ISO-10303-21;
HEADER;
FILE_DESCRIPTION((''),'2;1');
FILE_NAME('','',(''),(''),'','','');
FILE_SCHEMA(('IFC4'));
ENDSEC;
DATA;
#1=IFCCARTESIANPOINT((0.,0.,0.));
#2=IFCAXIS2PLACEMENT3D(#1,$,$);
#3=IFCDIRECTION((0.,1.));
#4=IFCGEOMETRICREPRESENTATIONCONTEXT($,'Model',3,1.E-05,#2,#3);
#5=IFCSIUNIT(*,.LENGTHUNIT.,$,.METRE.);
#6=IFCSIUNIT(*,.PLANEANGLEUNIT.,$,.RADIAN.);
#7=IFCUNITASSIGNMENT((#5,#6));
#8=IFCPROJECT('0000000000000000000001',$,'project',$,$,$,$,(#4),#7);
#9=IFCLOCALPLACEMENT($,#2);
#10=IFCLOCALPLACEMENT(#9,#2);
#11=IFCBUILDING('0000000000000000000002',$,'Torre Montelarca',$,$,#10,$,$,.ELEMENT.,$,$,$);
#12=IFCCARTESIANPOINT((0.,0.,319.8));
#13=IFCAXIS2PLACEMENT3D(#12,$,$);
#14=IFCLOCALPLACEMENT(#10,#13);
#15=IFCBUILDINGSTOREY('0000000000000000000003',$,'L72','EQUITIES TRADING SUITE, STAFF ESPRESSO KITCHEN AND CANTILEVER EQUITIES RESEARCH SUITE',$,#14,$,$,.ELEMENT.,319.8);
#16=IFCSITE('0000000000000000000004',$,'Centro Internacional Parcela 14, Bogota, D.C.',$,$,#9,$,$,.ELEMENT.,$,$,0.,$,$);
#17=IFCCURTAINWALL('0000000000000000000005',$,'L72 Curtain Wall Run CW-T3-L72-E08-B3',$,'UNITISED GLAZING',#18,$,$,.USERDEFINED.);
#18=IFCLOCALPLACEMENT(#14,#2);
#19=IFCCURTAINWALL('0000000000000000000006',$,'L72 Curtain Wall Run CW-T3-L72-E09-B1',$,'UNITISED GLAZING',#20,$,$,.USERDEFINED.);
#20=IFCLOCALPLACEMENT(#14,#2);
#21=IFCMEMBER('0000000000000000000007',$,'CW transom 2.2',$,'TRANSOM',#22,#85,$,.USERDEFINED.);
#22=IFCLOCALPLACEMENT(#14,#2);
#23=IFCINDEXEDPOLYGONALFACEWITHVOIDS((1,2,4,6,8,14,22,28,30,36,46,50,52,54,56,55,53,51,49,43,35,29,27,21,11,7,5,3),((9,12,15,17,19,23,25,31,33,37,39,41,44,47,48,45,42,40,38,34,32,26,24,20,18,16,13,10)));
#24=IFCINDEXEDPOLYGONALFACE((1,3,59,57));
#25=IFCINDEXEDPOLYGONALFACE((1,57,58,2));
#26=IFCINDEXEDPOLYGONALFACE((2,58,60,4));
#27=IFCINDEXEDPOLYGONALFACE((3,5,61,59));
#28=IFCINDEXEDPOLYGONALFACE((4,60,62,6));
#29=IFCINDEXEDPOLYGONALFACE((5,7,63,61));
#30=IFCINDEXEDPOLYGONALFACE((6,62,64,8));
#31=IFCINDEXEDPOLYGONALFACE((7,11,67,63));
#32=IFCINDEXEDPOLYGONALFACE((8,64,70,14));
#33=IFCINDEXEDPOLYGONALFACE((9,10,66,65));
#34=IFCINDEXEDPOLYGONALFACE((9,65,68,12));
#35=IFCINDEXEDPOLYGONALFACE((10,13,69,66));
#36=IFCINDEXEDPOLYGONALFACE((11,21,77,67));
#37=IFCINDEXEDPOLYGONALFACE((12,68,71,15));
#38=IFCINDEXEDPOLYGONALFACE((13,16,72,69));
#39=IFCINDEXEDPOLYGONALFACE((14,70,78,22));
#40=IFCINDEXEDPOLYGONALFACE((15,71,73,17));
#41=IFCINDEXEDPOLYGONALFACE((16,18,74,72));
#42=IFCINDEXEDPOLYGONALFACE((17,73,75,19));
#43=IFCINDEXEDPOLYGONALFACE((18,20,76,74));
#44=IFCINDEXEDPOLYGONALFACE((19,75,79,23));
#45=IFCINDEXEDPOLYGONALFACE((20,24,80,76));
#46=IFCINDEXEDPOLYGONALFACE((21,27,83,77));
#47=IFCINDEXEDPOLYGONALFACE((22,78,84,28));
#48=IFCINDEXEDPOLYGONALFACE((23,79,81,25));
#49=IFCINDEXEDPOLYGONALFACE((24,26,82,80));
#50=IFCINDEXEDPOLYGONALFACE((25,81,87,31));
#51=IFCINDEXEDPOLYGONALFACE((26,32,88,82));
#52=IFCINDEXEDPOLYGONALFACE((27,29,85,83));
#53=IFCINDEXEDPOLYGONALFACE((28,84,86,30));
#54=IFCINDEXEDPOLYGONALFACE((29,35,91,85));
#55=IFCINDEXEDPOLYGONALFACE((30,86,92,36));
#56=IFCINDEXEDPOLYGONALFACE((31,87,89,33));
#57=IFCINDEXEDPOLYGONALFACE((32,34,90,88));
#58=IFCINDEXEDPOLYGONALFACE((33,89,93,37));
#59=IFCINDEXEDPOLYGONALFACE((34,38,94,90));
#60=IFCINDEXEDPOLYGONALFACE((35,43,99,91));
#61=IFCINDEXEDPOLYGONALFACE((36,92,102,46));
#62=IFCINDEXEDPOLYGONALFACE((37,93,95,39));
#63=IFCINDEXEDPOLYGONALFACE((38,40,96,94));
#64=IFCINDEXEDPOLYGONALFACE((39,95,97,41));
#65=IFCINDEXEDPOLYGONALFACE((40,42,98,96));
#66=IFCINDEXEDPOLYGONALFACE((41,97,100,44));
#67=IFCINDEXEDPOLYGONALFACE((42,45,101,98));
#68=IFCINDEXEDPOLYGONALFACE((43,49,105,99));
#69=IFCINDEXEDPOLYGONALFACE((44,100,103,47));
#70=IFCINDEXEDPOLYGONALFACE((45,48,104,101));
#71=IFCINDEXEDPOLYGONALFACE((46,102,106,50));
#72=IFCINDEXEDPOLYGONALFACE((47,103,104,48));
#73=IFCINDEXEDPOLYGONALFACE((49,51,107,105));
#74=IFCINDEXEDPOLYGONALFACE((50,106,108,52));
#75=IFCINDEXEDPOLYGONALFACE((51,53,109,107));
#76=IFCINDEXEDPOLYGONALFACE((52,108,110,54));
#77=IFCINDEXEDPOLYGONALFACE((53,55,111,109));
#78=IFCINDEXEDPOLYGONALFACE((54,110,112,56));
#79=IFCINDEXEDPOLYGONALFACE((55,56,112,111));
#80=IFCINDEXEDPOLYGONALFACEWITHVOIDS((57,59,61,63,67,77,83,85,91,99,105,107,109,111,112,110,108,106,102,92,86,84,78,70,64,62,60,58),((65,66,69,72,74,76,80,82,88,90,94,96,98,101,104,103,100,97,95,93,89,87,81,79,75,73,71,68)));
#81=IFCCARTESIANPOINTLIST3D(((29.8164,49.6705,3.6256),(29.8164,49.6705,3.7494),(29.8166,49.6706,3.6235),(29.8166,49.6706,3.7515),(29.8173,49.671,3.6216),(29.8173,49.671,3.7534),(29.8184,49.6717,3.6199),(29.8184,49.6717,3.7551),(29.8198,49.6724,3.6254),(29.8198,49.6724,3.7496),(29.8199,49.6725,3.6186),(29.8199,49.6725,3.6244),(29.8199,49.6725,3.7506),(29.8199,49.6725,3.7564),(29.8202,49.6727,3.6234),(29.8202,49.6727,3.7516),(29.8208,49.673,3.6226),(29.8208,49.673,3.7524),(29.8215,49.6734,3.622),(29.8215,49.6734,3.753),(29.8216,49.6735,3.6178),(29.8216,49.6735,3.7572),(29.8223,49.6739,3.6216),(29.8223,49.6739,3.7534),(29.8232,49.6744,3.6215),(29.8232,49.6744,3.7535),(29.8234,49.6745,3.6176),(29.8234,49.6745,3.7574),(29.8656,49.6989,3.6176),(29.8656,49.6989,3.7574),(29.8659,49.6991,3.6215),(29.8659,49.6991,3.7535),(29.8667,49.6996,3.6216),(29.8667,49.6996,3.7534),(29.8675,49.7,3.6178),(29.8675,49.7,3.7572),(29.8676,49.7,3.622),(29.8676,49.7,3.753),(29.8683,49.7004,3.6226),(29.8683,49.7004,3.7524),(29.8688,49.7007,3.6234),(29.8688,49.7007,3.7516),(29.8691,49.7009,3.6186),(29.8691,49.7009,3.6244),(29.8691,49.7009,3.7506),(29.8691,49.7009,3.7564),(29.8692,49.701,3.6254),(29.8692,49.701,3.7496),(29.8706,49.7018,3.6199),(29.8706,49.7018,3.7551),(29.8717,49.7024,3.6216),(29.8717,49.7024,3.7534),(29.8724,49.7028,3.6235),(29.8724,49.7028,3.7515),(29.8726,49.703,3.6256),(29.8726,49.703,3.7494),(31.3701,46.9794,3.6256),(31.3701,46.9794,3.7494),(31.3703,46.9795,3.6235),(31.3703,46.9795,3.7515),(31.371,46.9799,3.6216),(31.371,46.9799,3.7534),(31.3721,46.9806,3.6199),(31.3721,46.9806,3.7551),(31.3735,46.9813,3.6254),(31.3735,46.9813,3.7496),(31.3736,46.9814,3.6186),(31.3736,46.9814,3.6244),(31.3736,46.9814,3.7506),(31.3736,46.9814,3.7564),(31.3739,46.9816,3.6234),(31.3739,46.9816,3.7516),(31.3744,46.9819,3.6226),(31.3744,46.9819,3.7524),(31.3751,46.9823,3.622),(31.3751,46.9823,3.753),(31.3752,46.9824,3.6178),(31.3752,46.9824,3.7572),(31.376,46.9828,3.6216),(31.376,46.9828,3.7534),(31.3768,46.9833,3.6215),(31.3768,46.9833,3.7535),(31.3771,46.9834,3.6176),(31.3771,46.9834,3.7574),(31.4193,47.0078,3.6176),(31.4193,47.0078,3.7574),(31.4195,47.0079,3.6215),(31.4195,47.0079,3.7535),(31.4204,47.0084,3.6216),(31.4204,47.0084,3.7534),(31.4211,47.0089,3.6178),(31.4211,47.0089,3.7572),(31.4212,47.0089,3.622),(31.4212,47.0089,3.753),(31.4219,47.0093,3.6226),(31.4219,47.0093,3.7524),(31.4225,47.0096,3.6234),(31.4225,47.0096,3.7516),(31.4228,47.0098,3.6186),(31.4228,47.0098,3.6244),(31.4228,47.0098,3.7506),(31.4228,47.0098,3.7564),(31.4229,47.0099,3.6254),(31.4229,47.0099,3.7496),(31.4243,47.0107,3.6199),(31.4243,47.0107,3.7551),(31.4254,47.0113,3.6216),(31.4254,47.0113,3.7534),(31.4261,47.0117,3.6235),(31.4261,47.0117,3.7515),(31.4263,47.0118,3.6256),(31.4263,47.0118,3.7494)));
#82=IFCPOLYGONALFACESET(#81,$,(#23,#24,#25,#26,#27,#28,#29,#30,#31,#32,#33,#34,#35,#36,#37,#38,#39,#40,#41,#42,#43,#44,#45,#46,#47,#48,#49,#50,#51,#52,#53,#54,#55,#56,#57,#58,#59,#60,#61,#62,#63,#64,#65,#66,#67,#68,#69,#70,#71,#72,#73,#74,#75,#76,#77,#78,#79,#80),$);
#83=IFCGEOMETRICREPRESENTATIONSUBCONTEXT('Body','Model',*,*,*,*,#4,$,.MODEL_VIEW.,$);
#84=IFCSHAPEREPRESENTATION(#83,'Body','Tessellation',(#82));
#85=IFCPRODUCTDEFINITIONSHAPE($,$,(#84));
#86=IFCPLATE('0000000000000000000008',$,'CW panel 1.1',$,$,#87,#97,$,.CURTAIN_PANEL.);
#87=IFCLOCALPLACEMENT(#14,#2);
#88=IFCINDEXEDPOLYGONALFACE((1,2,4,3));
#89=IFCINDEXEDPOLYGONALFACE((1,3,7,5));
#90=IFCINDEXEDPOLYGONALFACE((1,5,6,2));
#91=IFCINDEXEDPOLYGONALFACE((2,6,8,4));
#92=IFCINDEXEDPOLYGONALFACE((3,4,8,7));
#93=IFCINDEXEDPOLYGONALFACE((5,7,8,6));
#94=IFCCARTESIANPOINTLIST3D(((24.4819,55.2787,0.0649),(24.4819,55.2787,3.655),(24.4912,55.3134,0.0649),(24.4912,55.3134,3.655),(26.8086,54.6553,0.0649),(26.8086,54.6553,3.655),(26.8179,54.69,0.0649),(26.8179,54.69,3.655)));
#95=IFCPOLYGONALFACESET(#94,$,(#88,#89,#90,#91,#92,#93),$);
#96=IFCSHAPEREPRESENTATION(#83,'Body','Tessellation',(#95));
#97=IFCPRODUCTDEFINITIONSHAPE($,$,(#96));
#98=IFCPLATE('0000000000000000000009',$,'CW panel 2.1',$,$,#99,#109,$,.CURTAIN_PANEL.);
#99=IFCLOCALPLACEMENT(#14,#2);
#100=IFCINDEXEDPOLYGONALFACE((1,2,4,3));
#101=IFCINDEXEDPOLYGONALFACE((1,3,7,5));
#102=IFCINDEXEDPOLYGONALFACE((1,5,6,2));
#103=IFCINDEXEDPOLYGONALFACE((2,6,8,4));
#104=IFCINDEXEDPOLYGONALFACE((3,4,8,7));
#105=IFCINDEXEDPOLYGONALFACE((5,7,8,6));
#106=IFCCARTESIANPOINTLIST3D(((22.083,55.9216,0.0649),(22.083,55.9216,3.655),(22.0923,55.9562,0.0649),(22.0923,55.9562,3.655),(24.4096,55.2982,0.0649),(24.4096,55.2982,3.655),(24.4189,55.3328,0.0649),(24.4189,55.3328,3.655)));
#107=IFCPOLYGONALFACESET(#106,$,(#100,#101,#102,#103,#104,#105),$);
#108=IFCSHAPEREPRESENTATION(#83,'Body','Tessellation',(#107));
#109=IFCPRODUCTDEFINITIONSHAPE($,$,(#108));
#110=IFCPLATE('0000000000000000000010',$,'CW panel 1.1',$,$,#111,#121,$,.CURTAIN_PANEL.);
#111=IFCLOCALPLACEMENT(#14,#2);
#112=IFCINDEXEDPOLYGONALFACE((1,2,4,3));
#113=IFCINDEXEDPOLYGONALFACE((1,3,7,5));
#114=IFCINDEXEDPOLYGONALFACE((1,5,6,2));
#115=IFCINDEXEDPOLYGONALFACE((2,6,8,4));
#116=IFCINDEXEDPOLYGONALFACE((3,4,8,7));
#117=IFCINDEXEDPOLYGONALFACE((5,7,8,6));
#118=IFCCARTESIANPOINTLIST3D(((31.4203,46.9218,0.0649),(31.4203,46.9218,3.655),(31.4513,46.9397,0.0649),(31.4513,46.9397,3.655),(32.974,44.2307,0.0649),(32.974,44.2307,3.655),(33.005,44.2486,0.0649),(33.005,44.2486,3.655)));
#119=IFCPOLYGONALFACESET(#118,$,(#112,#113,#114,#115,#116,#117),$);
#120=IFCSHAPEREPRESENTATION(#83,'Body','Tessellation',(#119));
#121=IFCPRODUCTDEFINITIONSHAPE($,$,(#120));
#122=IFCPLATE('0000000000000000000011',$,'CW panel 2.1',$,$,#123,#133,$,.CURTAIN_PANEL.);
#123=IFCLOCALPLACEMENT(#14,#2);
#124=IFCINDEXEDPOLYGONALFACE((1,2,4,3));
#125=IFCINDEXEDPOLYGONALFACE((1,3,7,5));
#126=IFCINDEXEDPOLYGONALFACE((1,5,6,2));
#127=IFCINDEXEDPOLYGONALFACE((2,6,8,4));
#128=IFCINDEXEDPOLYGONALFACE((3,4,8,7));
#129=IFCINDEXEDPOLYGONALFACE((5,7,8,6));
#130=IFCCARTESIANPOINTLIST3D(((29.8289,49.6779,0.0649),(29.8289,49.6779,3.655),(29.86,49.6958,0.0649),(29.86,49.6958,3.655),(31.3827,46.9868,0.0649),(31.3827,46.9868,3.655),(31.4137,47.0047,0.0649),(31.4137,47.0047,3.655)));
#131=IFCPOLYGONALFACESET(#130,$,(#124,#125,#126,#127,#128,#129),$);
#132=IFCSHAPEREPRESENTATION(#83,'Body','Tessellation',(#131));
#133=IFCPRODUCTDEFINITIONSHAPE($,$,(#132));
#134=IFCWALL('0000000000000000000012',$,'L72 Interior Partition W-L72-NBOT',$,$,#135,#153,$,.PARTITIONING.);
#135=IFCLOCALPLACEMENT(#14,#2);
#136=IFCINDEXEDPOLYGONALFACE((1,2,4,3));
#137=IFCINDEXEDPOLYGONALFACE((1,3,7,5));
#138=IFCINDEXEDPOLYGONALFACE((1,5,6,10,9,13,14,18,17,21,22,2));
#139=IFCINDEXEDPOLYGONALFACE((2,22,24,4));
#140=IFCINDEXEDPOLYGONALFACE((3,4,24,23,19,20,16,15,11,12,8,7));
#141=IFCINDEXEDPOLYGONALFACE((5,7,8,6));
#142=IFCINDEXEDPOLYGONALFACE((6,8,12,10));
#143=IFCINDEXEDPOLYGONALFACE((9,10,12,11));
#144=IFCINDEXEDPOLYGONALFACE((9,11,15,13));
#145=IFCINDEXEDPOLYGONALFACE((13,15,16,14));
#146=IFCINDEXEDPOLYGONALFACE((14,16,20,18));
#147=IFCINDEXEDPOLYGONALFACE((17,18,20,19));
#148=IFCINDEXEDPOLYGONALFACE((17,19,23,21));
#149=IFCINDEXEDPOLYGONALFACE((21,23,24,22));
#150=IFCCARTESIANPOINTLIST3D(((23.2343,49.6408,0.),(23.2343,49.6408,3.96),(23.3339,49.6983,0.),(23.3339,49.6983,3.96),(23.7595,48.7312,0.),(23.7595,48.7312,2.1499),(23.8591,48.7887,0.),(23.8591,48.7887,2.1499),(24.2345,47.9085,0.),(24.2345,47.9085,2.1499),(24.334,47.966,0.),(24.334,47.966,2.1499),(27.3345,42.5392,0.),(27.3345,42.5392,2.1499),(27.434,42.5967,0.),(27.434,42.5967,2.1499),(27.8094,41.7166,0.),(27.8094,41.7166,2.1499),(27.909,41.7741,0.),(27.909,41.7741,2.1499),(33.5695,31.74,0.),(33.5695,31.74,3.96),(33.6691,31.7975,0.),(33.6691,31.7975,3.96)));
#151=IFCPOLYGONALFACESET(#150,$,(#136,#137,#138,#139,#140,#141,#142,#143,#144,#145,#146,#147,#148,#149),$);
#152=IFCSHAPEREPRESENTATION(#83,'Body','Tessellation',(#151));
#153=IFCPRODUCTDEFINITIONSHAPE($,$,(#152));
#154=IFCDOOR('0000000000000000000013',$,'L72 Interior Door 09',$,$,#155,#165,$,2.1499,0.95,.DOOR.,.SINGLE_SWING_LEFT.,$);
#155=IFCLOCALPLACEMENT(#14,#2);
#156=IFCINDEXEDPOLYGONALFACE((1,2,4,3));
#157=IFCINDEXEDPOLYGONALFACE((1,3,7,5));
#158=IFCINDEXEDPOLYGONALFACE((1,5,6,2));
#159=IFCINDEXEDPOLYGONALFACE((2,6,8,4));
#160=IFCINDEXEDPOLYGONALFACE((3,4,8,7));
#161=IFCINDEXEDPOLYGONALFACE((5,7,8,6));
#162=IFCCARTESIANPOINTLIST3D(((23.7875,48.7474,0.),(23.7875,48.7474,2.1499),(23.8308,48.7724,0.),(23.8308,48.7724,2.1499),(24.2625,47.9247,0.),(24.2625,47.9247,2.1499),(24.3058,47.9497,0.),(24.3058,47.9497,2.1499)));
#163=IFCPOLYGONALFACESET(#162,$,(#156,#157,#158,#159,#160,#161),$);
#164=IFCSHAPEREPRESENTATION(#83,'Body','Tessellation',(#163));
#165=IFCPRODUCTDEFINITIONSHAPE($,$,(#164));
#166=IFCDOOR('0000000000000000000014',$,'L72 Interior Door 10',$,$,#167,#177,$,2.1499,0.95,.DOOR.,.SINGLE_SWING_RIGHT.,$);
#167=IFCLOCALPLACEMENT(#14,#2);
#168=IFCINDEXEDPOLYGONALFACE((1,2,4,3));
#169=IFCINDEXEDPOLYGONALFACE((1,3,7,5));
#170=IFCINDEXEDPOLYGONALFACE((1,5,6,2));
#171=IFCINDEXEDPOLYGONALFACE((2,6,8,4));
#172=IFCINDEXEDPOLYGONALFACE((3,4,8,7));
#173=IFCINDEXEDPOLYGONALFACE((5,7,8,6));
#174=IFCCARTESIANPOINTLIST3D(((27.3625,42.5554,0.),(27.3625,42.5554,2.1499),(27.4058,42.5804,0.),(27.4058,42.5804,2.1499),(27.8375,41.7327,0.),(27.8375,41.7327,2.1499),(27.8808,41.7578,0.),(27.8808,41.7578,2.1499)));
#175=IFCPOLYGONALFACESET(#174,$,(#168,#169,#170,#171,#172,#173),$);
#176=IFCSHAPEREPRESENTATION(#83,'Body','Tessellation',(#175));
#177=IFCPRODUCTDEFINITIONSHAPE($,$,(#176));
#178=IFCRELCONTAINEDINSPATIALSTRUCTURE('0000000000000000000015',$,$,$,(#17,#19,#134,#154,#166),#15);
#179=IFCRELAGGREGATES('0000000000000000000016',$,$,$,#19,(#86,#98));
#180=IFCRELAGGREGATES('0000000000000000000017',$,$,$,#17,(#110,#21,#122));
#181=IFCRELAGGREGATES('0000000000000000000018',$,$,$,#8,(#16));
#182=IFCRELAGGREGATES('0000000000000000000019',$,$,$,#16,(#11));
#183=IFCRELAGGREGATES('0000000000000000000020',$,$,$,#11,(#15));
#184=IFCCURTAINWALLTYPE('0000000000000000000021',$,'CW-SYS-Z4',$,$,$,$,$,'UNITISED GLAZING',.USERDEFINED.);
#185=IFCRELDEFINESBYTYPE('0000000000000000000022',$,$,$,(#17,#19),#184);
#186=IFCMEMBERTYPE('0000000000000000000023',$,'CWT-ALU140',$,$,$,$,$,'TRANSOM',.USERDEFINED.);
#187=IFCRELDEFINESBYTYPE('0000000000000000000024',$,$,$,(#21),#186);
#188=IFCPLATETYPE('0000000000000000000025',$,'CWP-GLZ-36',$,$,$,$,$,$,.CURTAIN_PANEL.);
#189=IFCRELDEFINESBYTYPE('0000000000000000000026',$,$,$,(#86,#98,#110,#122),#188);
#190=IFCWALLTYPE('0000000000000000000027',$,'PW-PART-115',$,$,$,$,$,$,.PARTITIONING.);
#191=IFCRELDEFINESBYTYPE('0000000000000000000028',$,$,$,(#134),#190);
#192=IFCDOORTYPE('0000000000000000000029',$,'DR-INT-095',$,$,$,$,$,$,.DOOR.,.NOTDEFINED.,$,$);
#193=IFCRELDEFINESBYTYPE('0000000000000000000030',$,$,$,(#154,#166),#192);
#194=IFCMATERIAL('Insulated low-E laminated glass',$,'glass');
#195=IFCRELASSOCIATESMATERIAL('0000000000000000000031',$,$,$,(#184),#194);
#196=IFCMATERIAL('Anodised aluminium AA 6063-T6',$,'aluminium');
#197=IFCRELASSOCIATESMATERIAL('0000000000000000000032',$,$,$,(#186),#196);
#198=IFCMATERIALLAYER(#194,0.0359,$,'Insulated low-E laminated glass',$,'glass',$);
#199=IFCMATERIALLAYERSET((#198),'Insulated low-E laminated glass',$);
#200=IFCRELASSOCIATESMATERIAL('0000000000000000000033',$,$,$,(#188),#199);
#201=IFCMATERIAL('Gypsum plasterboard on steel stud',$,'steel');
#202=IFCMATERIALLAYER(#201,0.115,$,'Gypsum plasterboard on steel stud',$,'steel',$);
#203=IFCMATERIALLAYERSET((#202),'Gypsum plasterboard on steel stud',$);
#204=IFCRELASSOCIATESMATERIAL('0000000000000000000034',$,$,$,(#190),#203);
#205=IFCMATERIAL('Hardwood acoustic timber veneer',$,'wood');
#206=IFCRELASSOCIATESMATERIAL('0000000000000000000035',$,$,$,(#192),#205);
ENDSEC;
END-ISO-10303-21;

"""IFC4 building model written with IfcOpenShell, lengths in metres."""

from ifc_helpers import new_model, si_unit, direction, frame, frame_2d, origin, origin_2d, place, context, subcontext, project, spatial, rectangle, hollow_rectangle, extrude, source, transform, mapped, material, layer, layer_set, material_profile, profile_set, type_object, element, fill, aggregate, save


model = new_model("IFC4")

# Units and contexts
model_context = context("Model", 3, precision=1e-05, world=origin(), true_north=direction((0.0, 1.0)))
body_context = subcontext(model_context, "Body", "Model", "MODEL_VIEW")
ifc_project = project(units=[si_unit("LENGTHUNIT", "METRE"), si_unit("PLANEANGLEUNIT", "RADIAN")], contexts=[model_context])

# Site, building, storey
site_placement = place(None, origin())
site = spatial("IfcSite", under=ifc_project, at=site_placement, Name="Centro Internacional Parcela 14, Bogota, D.C.", CompositionType="ELEMENT", RefElevation=0.0)
building_placement = place(site_placement, origin())
building = spatial("IfcBuilding", under=site, at=building_placement, Name="Torre Montelarca", CompositionType="ELEMENT")
storey_placement = place(building_placement, frame((0.0, 0.0, 319.8)))
storey = spatial("IfcBuildingStorey", under=building, at=storey_placement, Name="L72", Description="EQUITIES TRADING SUITE, STAFF ESPRESSO KITCHEN AND CANTILEVER EQUITIES RESEARCH SUITE", CompositionType="ELEMENT", Elevation=319.8)

# Curtain walls
ifc_material_1 = material(Name="Insulated low-E laminated glass", Category="glass")
curtain_wall_type = type_object("IfcCurtainWallType", Name="CW-SYS-Z4", ElementType="UNITISED GLAZING", PredefinedType="USERDEFINED", material=ifc_material_1)
curtain_wall_1_placement = place(storey_placement, origin())
curtain_wall_1 = element("IfcCurtainWall", 1, at=curtain_wall_1_placement, inside=storey, type_object=curtain_wall_type, Name="L72 Curtain Wall Run CW-T3-L72-E08-B3", ObjectType="UNITISED GLAZING", PredefinedType="USERDEFINED")
ifc_material_2 = material(Name="Anodised aluminium AA 6063-T6", Category="aluminium")
curtain_wall_2_placement = place(storey_placement, origin())
curtain_wall_2 = element("IfcCurtainWall", 2, at=curtain_wall_2_placement, inside=storey, type_object=curtain_wall_type, Name="L72 Curtain Wall Run CW-T3-L72-E09-B1", ObjectType="UNITISED GLAZING", PredefinedType="USERDEFINED")

# Member
ifc_material_profile_1 = material_profile(ifc_material_2, hollow_rectangle(XDim=0.0649, YDim=0.1399, WallThickness=0.0039, InnerFilletRadius=0.0039, OuterFilletRadius=0.0081, at=origin_2d()), Name="ALU65X140X4", Category="aluminium")
ifc_profile_set_1 = profile_set([ifc_material_profile_1], Name="Anodised aluminium AA 6063-T6")
member_type_1 = type_object("IfcMemberType", Name="CWT-ALU140", ElementType="TRANSOM", PredefinedType="USERDEFINED", material=ifc_profile_set_1)
shared_shape_1 = source(origin(), body_context, "Body", "SweptSolid", [
    extrude(hollow_rectangle(XDim=0.0649, YDim=0.1399, WallThickness=0.0039, InnerFilletRadius=0.0039, OuterFilletRadius=0.0081, at=origin_2d()), origin(), (0.0, 0.0, 1.0), 3.1074),
])
member_1_placement = place(storey_placement, frame((31.3982, 46.9956, 3.6875), z_axis=(-0.499992, 0.86603, 0.0), x_axis=(-0.86603, -0.499992, 0.0)))
member_1 = element("IfcMember", 3, at=member_1_placement, type_object=member_type_1, Name="CW transom 2.2", ObjectType="TRANSOM", PredefinedType="USERDEFINED", context=body_context, shape_type="MappedRepresentation", body=[
    mapped(shared_shape_1, transform((0.0, 0.0, 0.0), scale=1.0)),
])

# Plates
ifc_layer_1 = layer(ifc_material_1, 0.0359, Name="Insulated low-E laminated glass", Category="glass")
ifc_layer_set_1 = layer_set([ifc_layer_1], Name="Insulated low-E laminated glass")
plate_type = type_object("IfcPlateType", Name="CWP-GLZ-36", PredefinedType="CURTAIN_PANEL", material=ifc_layer_set_1)
shared_shape_2 = source(origin(), body_context, "Body", "SweptSolid", [
    extrude(rectangle(XDim=2.4087, YDim=0.0359, at=origin_2d()), origin(), (0.0, 0.0, 1.0), 3.5901),
])
plate_1_placement = place(storey_placement, frame((25.6499, 54.9844, 0.0649), z_axis=(0.0, 0.0, 1.0), x_axis=(-0.965927, 0.258815, 0.0)))
plate_1 = element("IfcPlate", 4, at=plate_1_placement, type_object=plate_type, Name="CW panel 1.1", PredefinedType="CURTAIN_PANEL", context=body_context, shape_type="MappedRepresentation", body=[
    mapped(shared_shape_2, transform((0.0, 0.0, 0.0), scale=1.0)),
])
plate_2_placement = place(storey_placement, frame((23.251, 55.6272, 0.0649), z_axis=(0.0, 0.0, 1.0), x_axis=(-0.965927, 0.258815, 0.0)))
plate_2 = element("IfcPlate", 5, at=plate_2_placement, type_object=plate_type, Name="CW panel 2.1", PredefinedType="CURTAIN_PANEL", context=body_context, shape_type="MappedRepresentation", body=[
    mapped(shared_shape_2, transform((0.0, 0.0, 0.0), scale=1.0)),
])
aggregate(curtain_wall_2, [plate_1, plate_2])
shared_shape_3 = source(origin(), body_context, "Body", "SweptSolid", [
    extrude(rectangle(XDim=3.1074, YDim=0.0359, at=origin_2d()), origin(), (0.0, 0.0, 1.0), 3.5901),
])
plate_3_placement = place(storey_placement, frame((32.2126, 45.5852, 0.0649), z_axis=(0.0, 0.0, 1.0), x_axis=(-0.5, 0.866025, 0.0)))
plate_3 = element("IfcPlate", 6, at=plate_3_placement, type_object=plate_type, Name="CW panel 1.1", PredefinedType="CURTAIN_PANEL", context=body_context, shape_type="MappedRepresentation", body=[
    mapped(shared_shape_3, transform((0.0, 0.0, 0.0), scale=1.0)),
])
plate_4_placement = place(storey_placement, frame((30.6213, 48.3413, 0.0649), z_axis=(0.0, 0.0, 1.0), x_axis=(-0.5, 0.866025, 0.0)))
plate_4 = element("IfcPlate", 7, at=plate_4_placement, type_object=plate_type, Name="CW panel 2.1", PredefinedType="CURTAIN_PANEL", context=body_context, shape_type="MappedRepresentation", body=[
    mapped(shared_shape_3, transform((0.0, 0.0, 0.0), scale=1.0)),
])
aggregate(curtain_wall_1, [plate_3, member_1, plate_4])

# Wall, openings, doors
ifc_material_3 = material(Name="Gypsum plasterboard on steel stud", Category="steel")
ifc_layer_2 = layer(ifc_material_3, 0.115, Name="Gypsum plasterboard on steel stud", Category="steel")
ifc_layer_set_2 = layer_set([ifc_layer_2], Name="Gypsum plasterboard on steel stud")
wall_type = type_object("IfcWallType", Name="PW-PART-115", PredefinedType="PARTITIONING", material=ifc_layer_set_2)
wall_placement = place(storey_placement, frame((23.2842, 49.6694, 0.0), z_axis=(0.0, 0.0, 1.0), x_axis=(0.500005, -0.866023, 0.0)))
wall = element("IfcWall", 8, at=wall_placement, inside=storey, type_object=wall_type, Name="L72 Interior Partition W-L72-NBOT", PredefinedType="PARTITIONING", context=body_context, shape_type="SweptSolid", body=[
    extrude(rectangle(XDim=20.6702, YDim=0.115, at=frame_2d((10.335, 0.0))), origin(), (0.0, 0.0, 1.0), 3.96),
])
opening_1_placement = place(wall_placement, frame((1.05, 0.0, 0.0)))
opening_1 = element("IfcOpeningElement", 9, at=opening_1_placement, cuts=wall, PredefinedType="OPENING", context=body_context, shape_type="SweptSolid", body=[
    extrude(rectangle(XDim=0.95, YDim=2.1499, at=frame_2d((0.4751, 1.075))), frame((0.0, 0.0674, 0.0), z_axis=(0.0, -1.0, 0.0), x_axis=(1.0, 0.0, 0.0)), (0.0, 0.0, 1.0), 0.135),
])
opening_2_placement = place(wall_placement, frame((8.2, 0.0, 0.0)))
opening_2 = element("IfcOpeningElement", 10, at=opening_2_placement, cuts=wall, PredefinedType="OPENING", context=body_context, shape_type="SweptSolid", body=[
    extrude(rectangle(XDim=0.95, YDim=2.1499, at=frame_2d((0.4751, 1.075))), frame((0.0, 0.0674, 0.0), z_axis=(0.0, -1.0, 0.0), x_axis=(1.0, 0.0, 0.0)), (0.0, 0.0, 1.0), 0.135),
])
ifc_material_4 = material(Name="Hardwood acoustic timber veneer", Category="wood")
door_type = type_object("IfcDoorType", Name="DR-INT-095", OperationType="NOTDEFINED", PredefinedType="DOOR", material=ifc_material_4)
shared_shape_4 = source(origin(), body_context, "Body", "SweptSolid", [
    extrude(rectangle(XDim=0.95, YDim=2.1499, at=frame_2d((0.4751, 1.075))), frame((0.0, 0.0249, 0.0), z_axis=(0.0, -1.0, 0.0), x_axis=(1.0, 0.0, 0.0)), (0.0, 0.0, 1.0), 0.05),
])
door_1_placement = place(opening_1_placement, origin())
door_1 = element("IfcDoor", 11, at=door_1_placement, inside=storey, type_object=door_type, Name="L72 Interior Door 09", OperationType="SINGLE_SWING_LEFT", OverallHeight=2.1499, OverallWidth=0.95, PredefinedType="DOOR", context=body_context, shape_type="MappedRepresentation", body=[
    mapped(shared_shape_4, transform((0.0, 0.0, 0.0), scale=1.0)),
])
fill(opening_1, door_1)
door_2_placement = place(opening_2_placement, origin())
door_2 = element("IfcDoor", 12, at=door_2_placement, inside=storey, type_object=door_type, Name="L72 Interior Door 10", OperationType="SINGLE_SWING_RIGHT", OverallHeight=2.1499, OverallWidth=0.95, PredefinedType="DOOR", context=body_context, shape_type="MappedRepresentation", body=[
    mapped(shared_shape_4, transform((0.0, 0.0, 0.0), scale=1.0)),
])
fill(opening_2, door_2)

save(model, "model.ifc")
